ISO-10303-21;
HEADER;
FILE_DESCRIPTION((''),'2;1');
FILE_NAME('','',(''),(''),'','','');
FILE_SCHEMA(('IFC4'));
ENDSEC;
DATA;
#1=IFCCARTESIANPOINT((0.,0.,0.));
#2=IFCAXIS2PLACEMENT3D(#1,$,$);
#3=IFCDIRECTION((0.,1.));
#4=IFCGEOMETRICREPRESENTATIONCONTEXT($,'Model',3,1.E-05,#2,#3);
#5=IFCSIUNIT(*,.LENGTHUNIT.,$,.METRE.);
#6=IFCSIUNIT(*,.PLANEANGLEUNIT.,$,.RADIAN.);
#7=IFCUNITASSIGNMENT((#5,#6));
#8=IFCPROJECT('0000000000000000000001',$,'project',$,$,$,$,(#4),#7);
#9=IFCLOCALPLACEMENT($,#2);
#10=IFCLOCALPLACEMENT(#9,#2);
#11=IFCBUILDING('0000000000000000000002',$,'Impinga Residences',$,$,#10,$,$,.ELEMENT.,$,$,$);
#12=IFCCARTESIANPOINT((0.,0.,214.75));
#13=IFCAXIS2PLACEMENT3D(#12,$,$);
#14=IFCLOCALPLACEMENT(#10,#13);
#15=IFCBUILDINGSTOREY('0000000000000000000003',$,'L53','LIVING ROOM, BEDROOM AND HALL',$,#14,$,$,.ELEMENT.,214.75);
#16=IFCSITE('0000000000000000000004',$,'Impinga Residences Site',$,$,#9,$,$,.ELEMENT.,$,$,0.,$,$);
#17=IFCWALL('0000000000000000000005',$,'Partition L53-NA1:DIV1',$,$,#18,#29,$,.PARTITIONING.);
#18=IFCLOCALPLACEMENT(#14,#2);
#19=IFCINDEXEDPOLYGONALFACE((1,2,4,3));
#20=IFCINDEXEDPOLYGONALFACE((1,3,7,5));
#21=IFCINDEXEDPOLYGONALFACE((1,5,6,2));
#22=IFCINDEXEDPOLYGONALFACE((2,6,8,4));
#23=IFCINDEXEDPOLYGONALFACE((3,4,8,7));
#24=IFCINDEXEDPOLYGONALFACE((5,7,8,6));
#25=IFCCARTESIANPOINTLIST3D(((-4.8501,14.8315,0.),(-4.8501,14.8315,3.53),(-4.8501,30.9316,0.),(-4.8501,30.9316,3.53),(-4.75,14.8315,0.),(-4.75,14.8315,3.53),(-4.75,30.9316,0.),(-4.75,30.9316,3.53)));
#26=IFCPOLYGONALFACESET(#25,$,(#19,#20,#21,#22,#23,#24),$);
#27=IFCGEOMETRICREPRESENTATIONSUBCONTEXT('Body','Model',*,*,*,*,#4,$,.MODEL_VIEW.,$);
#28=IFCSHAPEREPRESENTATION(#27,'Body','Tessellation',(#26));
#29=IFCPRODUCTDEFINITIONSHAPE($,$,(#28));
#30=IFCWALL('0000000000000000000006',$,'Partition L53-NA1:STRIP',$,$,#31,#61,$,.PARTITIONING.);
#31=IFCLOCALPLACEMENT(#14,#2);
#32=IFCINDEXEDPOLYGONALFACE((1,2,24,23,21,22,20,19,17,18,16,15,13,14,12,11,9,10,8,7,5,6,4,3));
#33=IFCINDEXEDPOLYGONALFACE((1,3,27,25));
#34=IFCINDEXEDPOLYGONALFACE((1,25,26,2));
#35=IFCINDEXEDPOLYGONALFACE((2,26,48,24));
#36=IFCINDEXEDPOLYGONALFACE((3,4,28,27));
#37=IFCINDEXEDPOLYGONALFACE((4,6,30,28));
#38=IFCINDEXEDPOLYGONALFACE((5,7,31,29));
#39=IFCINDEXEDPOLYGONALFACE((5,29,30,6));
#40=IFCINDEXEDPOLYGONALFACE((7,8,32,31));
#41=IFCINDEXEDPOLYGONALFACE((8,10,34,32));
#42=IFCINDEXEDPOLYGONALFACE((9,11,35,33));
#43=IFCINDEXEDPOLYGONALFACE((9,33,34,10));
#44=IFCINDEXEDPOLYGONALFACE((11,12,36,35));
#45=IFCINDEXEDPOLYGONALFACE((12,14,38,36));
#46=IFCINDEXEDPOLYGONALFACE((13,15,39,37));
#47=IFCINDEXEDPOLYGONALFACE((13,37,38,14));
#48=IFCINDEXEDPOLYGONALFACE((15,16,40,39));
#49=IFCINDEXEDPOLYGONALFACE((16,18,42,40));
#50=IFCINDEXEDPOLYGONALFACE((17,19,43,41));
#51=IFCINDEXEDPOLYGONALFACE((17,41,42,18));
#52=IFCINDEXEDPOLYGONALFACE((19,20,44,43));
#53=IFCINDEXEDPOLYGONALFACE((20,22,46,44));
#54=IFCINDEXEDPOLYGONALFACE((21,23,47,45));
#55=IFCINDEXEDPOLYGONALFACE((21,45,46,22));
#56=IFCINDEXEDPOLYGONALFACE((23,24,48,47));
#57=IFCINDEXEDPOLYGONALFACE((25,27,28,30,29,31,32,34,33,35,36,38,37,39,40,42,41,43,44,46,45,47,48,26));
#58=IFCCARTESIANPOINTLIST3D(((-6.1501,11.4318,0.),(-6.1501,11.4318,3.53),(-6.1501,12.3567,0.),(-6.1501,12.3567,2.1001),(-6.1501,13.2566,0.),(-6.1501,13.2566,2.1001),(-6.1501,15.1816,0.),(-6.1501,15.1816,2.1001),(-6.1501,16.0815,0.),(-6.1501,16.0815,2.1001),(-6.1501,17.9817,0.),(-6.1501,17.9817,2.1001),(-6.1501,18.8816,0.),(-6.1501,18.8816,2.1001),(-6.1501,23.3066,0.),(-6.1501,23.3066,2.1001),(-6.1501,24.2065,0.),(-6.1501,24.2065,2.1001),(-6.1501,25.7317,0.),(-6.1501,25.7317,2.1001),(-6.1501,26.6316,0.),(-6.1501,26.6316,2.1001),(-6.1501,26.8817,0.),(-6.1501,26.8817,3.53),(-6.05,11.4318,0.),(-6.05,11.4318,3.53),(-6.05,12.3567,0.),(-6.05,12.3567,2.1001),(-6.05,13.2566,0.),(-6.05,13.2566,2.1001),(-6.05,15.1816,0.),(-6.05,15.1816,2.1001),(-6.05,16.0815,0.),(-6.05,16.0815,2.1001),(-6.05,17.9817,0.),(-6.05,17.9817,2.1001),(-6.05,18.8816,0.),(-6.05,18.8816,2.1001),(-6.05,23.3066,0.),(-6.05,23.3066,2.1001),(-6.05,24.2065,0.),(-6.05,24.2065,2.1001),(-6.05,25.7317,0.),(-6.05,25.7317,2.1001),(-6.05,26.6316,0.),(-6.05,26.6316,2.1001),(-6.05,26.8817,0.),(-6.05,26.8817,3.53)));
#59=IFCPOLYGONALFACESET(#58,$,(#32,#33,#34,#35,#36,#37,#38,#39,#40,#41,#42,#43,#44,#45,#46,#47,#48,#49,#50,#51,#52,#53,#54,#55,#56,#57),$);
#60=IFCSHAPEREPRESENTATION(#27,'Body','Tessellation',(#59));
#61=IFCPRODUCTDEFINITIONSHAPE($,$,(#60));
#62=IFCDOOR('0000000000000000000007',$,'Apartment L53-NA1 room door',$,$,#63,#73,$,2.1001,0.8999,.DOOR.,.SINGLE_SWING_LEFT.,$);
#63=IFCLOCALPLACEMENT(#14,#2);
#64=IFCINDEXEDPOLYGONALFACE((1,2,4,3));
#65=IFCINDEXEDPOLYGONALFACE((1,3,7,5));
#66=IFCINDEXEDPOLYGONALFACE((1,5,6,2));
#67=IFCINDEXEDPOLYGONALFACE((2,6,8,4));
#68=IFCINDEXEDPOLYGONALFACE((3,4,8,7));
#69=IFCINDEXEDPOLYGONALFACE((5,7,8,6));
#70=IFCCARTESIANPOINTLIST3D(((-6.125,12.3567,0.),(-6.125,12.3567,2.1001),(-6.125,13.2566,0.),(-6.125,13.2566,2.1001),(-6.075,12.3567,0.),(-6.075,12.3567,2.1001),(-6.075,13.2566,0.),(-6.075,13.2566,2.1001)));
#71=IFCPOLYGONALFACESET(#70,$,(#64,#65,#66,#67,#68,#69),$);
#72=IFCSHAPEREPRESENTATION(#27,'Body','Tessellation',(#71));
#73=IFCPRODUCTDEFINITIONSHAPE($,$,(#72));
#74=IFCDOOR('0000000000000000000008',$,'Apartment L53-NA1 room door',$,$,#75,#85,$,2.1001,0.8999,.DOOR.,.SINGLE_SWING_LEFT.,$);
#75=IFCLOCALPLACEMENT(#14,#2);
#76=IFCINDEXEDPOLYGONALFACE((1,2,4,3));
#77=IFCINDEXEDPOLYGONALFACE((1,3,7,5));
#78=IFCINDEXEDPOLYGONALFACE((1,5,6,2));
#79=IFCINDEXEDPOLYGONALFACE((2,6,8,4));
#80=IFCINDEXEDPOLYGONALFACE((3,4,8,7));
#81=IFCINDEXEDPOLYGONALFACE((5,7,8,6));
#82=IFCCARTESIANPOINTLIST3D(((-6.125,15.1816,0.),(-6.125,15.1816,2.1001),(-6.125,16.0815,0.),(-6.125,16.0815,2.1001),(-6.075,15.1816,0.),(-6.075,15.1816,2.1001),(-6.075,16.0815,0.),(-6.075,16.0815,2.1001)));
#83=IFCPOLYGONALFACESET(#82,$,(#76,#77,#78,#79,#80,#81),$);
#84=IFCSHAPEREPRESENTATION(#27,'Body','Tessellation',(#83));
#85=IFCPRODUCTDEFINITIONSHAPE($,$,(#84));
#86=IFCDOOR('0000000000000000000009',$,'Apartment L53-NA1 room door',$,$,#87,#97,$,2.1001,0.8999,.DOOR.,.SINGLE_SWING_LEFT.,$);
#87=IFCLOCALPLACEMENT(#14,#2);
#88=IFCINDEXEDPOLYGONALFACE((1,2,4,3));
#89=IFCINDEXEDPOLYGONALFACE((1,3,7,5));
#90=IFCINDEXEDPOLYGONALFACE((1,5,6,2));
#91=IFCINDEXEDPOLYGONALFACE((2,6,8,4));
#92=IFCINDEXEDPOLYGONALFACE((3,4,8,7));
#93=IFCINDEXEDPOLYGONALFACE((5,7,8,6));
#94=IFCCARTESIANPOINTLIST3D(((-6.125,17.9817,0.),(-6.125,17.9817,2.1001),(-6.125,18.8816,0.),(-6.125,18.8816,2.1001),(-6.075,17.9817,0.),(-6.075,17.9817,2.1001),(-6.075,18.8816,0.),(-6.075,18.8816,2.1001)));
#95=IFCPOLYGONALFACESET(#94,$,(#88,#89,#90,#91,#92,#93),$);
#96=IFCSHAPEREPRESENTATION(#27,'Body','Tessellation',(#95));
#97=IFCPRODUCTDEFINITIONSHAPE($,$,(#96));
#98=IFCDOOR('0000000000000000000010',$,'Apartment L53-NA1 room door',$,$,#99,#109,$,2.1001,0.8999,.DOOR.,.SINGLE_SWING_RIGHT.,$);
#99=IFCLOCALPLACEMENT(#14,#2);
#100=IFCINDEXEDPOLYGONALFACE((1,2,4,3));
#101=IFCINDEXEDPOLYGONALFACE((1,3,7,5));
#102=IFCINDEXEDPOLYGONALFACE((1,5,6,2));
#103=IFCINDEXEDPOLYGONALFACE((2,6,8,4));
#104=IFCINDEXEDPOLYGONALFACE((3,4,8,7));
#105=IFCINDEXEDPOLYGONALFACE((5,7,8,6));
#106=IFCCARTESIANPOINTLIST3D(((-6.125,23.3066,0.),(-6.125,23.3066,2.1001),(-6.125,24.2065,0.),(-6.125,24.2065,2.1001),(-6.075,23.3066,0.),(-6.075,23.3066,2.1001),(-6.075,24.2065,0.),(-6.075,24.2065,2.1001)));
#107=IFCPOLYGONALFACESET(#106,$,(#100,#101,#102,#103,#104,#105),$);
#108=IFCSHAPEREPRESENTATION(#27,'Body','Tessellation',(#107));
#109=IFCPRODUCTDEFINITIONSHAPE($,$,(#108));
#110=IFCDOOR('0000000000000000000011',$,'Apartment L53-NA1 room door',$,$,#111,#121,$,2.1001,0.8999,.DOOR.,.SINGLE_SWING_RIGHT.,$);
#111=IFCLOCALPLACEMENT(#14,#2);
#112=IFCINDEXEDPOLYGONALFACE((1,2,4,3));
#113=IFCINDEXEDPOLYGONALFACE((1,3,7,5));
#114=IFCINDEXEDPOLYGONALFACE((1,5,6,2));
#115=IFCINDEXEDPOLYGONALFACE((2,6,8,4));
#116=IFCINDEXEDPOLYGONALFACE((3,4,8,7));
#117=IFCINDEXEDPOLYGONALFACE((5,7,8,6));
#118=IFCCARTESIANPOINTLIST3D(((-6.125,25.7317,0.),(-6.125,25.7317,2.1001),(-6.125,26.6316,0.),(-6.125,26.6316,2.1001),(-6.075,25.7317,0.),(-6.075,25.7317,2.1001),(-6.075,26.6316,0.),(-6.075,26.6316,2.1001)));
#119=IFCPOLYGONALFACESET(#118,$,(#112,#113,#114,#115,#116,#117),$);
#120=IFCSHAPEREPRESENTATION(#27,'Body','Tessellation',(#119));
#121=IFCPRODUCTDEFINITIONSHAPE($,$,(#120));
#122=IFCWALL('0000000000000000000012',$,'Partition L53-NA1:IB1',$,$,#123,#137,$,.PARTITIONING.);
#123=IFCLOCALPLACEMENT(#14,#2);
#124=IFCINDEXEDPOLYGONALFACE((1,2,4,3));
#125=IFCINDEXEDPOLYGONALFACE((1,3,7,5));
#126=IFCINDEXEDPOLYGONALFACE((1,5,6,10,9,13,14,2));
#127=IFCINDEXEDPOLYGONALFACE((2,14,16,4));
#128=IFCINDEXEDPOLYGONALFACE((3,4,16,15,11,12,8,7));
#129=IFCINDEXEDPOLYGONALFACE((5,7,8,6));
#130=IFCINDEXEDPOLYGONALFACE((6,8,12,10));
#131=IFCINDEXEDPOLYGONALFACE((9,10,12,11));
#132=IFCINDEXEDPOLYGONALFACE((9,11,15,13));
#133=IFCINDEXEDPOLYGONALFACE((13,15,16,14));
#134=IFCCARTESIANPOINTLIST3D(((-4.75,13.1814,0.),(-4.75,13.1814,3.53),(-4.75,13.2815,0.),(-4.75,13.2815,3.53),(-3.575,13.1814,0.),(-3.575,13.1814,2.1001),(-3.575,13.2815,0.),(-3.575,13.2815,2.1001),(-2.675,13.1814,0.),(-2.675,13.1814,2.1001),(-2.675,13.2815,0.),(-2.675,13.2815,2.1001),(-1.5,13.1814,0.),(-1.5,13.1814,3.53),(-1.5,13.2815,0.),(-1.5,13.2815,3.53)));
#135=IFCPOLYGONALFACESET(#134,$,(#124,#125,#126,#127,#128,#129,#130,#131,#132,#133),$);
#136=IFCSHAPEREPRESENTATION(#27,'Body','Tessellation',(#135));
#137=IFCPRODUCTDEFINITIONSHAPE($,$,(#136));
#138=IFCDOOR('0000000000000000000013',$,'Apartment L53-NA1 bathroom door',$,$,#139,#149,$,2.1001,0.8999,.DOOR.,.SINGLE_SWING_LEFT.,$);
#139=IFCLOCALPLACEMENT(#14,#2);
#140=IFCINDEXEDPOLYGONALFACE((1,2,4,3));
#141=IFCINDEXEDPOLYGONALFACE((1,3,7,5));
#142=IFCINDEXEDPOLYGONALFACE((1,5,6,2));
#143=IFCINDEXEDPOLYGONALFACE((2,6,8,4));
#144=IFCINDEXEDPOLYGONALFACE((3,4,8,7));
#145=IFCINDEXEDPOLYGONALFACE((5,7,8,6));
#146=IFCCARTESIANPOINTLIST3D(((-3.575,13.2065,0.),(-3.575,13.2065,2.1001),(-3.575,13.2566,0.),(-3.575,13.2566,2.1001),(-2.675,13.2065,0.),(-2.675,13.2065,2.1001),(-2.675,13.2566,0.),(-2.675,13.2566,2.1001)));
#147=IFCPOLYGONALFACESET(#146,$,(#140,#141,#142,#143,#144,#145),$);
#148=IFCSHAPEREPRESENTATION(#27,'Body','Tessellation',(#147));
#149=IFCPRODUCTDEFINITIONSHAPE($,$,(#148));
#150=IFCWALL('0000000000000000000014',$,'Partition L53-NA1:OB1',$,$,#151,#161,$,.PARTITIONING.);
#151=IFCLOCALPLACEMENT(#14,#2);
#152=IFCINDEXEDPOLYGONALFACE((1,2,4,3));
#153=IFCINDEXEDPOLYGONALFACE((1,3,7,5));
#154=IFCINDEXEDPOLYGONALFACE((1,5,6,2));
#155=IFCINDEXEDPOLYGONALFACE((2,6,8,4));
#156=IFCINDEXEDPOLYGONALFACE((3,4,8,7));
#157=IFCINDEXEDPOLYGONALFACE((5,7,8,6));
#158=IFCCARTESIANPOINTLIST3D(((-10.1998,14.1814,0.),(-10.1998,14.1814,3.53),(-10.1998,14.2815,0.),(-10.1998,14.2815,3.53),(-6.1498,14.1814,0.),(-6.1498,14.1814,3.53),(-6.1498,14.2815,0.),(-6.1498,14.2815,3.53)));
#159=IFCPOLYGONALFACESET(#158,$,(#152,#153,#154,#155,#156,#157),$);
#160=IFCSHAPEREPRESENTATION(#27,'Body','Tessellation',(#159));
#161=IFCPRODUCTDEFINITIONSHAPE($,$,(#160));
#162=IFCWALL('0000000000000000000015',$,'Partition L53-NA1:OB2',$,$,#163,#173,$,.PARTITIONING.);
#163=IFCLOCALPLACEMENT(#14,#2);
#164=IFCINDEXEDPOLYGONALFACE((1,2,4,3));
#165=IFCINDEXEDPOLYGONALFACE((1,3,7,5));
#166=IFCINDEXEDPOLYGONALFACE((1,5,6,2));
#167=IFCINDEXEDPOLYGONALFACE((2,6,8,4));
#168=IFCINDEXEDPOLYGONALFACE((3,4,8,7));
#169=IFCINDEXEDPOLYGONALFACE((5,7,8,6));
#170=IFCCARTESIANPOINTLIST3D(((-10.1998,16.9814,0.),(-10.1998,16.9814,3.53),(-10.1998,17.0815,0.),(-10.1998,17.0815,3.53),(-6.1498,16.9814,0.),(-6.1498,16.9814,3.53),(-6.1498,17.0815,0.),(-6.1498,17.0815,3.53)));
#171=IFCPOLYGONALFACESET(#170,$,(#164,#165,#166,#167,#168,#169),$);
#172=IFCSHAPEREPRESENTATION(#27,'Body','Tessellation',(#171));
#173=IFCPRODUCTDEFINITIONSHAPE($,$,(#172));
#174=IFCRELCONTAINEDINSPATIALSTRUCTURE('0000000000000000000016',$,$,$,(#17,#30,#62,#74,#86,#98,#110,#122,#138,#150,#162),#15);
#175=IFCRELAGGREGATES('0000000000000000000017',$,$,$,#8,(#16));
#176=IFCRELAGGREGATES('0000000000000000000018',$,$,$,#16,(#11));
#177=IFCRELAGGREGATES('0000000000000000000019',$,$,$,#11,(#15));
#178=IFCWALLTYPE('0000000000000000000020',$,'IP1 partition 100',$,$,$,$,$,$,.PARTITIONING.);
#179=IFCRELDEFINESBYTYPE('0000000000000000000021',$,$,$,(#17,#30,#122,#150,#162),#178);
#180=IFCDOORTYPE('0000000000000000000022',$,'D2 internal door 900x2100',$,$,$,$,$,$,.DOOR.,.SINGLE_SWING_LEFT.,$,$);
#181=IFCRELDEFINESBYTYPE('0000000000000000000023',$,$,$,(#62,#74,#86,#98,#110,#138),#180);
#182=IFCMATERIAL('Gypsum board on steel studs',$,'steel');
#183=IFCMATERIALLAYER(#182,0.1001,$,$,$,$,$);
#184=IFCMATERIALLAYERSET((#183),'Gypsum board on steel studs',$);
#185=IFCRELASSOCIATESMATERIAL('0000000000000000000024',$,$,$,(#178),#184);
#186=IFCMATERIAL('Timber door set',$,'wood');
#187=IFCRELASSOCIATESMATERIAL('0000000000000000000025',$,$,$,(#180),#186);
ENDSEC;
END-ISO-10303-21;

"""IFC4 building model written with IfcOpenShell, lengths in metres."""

from ifc_helpers import new_model, si_unit, direction, frame, frame_2d, origin, place, context, subcontext, project, spatial, rectangle, extrude, material, layer, layer_set, type_object, element, fill, save


model = new_model("IFC4")

# Units and contexts
model_context = context("Model", 3, precision=1e-05, world=origin(), true_north=direction((0.0, 1.0)))
body_context = subcontext(model_context, "Body", "Model", "MODEL_VIEW")
ifc_project = project(units=[si_unit("LENGTHUNIT", "METRE"), si_unit("PLANEANGLEUNIT", "RADIAN")], contexts=[model_context])

# Site, building, storey
site_placement = place(None, origin())
site = spatial("IfcSite", under=ifc_project, at=site_placement, Name="Impinga Residences Site", CompositionType="ELEMENT", RefElevation=0.0)
building_placement = place(site_placement, origin())
building = spatial("IfcBuilding", under=site, at=building_placement, Name="Impinga Residences", CompositionType="ELEMENT")
storey_placement = place(building_placement, frame((0.0, 0.0, 214.75)))
storey = spatial("IfcBuildingStorey", under=building, at=storey_placement, Name="L53", Description="LIVING ROOM, BEDROOM AND HALL", CompositionType="ELEMENT", Elevation=214.75)

# Wall
ifc_material_1 = material(Name="Gypsum board on steel studs", Category="steel")
ifc_layer_1 = layer(ifc_material_1, 0.1001)
ifc_layer_set_1 = layer_set([ifc_layer_1], Name="Gypsum board on steel studs")
wall_type_1 = type_object("IfcWallType", Name="IP1 partition 100", PredefinedType="PARTITIONING", material=ifc_layer_set_1)
wall_1_placement = place(storey_placement, frame((-4.8, 14.8315, 0.0), z_axis=(0.0, 0.0, 1.0), x_axis=(0.0, 1.0, 0.0)))
element("IfcWall", 1, at=wall_1_placement, inside=storey, type_object=wall_type_1, Name="Partition L53-NA1:DIV1", PredefinedType="PARTITIONING", context=body_context, shape_type="SweptSolid", body=[
    extrude(rectangle(XDim=16.1001, YDim=0.1001, at=frame_2d((8.05, 0.0))), origin(), (0.0, 0.0, 1.0), 3.53),
])

# Wall, openings, doors
wall_2_placement = place(storey_placement, frame((-6.1001, 11.4316, 0.0), z_axis=(0.0, 0.0, 1.0), x_axis=(0.0, 1.0, 0.0)))
wall_2 = element("IfcWall", 2, at=wall_2_placement, inside=storey, type_object=wall_type_1, Name="Partition L53-NA1:STRIP", PredefinedType="PARTITIONING", context=body_context, shape_type="SweptSolid", body=[
    extrude(rectangle(XDim=15.45, YDim=0.1001, at=frame_2d((7.7251, 0.0))), origin(), (0.0, 0.0, 1.0), 3.53),
])
opening_1_placement = place(wall_2_placement, frame((0.925, 0.0, 0.0)))
opening_1 = element("IfcOpeningElement", 3, at=opening_1_placement, cuts=wall_2, PredefinedType="OPENING", context=body_context, shape_type="SweptSolid", body=[
    extrude(rectangle(XDim=0.8999, YDim=2.1001, at=frame_2d((0.45, 1.05))), frame((0.0, 0.0601, 0.0), z_axis=(0.0, -1.0, 0.0), x_axis=(1.0, 0.0, 0.0)), (0.0, 0.0, 1.0), 0.1201),
])
opening_2_placement = place(wall_2_placement, frame((3.75, 0.0, 0.0)))
opening_2 = element("IfcOpeningElement", 4, at=opening_2_placement, cuts=wall_2, PredefinedType="OPENING", context=body_context, shape_type="SweptSolid", body=[
    extrude(rectangle(XDim=0.8999, YDim=2.1001, at=frame_2d((0.45, 1.05))), frame((0.0, 0.0601, 0.0), z_axis=(0.0, -1.0, 0.0), x_axis=(1.0, 0.0, 0.0)), (0.0, 0.0, 1.0), 0.1201),
])
opening_3_placement = place(wall_2_placement, frame((6.55, 0.0, 0.0)))
opening_3 = element("IfcOpeningElement", 5, at=opening_3_placement, cuts=wall_2, PredefinedType="OPENING", context=body_context, shape_type="SweptSolid", body=[
    extrude(rectangle(XDim=0.8999, YDim=2.1001, at=frame_2d((0.45, 1.05))), frame((0.0, 0.0601, 0.0), z_axis=(0.0, -1.0, 0.0), x_axis=(1.0, 0.0, 0.0)), (0.0, 0.0, 1.0), 0.1201),
])
opening_4_placement = place(wall_2_placement, frame((11.875, 0.0, 0.0)))
opening_4 = element("IfcOpeningElement", 6, at=opening_4_placement, cuts=wall_2, PredefinedType="OPENING", context=body_context, shape_type="SweptSolid", body=[
    extrude(rectangle(XDim=0.8999, YDim=2.1001, at=frame_2d((0.45, 1.05))), frame((0.0, 0.0601, 0.0), z_axis=(0.0, -1.0, 0.0), x_axis=(1.0, 0.0, 0.0)), (0.0, 0.0, 1.0), 0.1201),
])
opening_5_placement = place(wall_2_placement, frame((14.3, 0.0, 0.0)))
opening_5 = element("IfcOpeningElement", 7, at=opening_5_placement, cuts=wall_2, PredefinedType="OPENING", context=body_context, shape_type="SweptSolid", body=[
    extrude(rectangle(XDim=0.8999, YDim=2.1001, at=frame_2d((0.45, 1.05))), frame((0.0, 0.0601, 0.0), z_axis=(0.0, -1.0, 0.0), x_axis=(1.0, 0.0, 0.0)), (0.0, 0.0, 1.0), 0.1201),
])
ifc_material_2 = material(Name="Timber door set", Category="wood")
door_type = type_object("IfcDoorType", Name="D2 internal door 900x2100", OperationType="SINGLE_SWING_LEFT", PredefinedType="DOOR", material=ifc_material_2)
door_1_placement = place(opening_1_placement, origin())
door_1 = element("IfcDoor", 8, at=door_1_placement, inside=storey, type_object=door_type, Name="Apartment L53-NA1 room door", OperationType="SINGLE_SWING_LEFT", OverallHeight=2.1001, OverallWidth=0.8999, PredefinedType="DOOR", context=body_context, shape_type="SweptSolid", body=[
    extrude(rectangle(XDim=0.8999, YDim=2.1001, at=frame_2d((0.45, 1.05))), frame((0.0, 0.0249, 0.0), z_axis=(0.0, -1.0, 0.0), x_axis=(1.0, 0.0, 0.0)), (0.0, 0.0, 1.0), 0.05),
])
fill(opening_1, door_1)
door_2_placement = place(opening_2_placement, origin())
door_2 = element("IfcDoor", 9, at=door_2_placement, inside=storey, type_object=door_type, Name="Apartment L53-NA1 room door", OperationType="SINGLE_SWING_LEFT", OverallHeight=2.1001, OverallWidth=0.8999, PredefinedType="DOOR", context=body_context, shape_type="SweptSolid", body=[
    extrude(rectangle(XDim=0.8999, YDim=2.1001, at=frame_2d((0.45, 1.05))), frame((0.0, 0.0249, 0.0), z_axis=(0.0, -1.0, 0.0), x_axis=(1.0, 0.0, 0.0)), (0.0, 0.0, 1.0), 0.05),
])
fill(opening_2, door_2)
door_3_placement = place(opening_3_placement, origin())
door_3 = element("IfcDoor", 10, at=door_3_placement, inside=storey, type_object=door_type, Name="Apartment L53-NA1 room door", OperationType="SINGLE_SWING_LEFT", OverallHeight=2.1001, OverallWidth=0.8999, PredefinedType="DOOR", context=body_context, shape_type="SweptSolid", body=[
    extrude(rectangle(XDim=0.8999, YDim=2.1001, at=frame_2d((0.45, 1.05))), frame((0.0, 0.0249, 0.0), z_axis=(0.0, -1.0, 0.0), x_axis=(1.0, 0.0, 0.0)), (0.0, 0.0, 1.0), 0.05),
])
fill(opening_3, door_3)
door_4_placement = place(opening_4_placement, origin())
door_4 = element("IfcDoor", 11, at=door_4_placement, inside=storey, type_object=door_type, Name="Apartment L53-NA1 room door", OperationType="SINGLE_SWING_RIGHT", OverallHeight=2.1001, OverallWidth=0.8999, PredefinedType="DOOR", context=body_context, shape_type="SweptSolid", body=[
    extrude(rectangle(XDim=0.8999, YDim=2.1001, at=frame_2d((0.45, 1.05))), frame((0.0, 0.0249, 0.0), z_axis=(0.0, -1.0, 0.0), x_axis=(1.0, 0.0, 0.0)), (0.0, 0.0, 1.0), 0.05),
])
fill(opening_4, door_4)
door_5_placement = place(opening_5_placement, origin())
door_5 = element("IfcDoor", 12, at=door_5_placement, inside=storey, type_object=door_type, Name="Apartment L53-NA1 room door", OperationType="SINGLE_SWING_RIGHT", OverallHeight=2.1001, OverallWidth=0.8999, PredefinedType="DOOR", context=body_context, shape_type="SweptSolid", body=[
    extrude(rectangle(XDim=0.8999, YDim=2.1001, at=frame_2d((0.45, 1.05))), frame((0.0, 0.0249, 0.0), z_axis=(0.0, -1.0, 0.0), x_axis=(1.0, 0.0, 0.0)), (0.0, 0.0, 1.0), 0.05),
])
fill(opening_5, door_5)

# Wall, opening, door
wall_3_placement = place(storey_placement, frame((-1.5, 13.2314, 0.0), z_axis=(0.0, 0.0, 1.0), x_axis=(-1.0, 0.0, 0.0)))
wall_3 = element("IfcWall", 13, at=wall_3_placement, inside=storey, type_object=wall_type_1, Name="Partition L53-NA1:IB1", PredefinedType="PARTITIONING", context=body_context, shape_type="SweptSolid", body=[
    extrude(rectangle(XDim=3.25, YDim=0.1001, at=frame_2d((1.625, 0.0))), origin(), (0.0, 0.0, 1.0), 3.53),
])
opening_6_placement = place(wall_3_placement, frame((1.175, 0.0, 0.0)))
opening_6 = element("IfcOpeningElement", 14, at=opening_6_placement, cuts=wall_3, PredefinedType="OPENING", context=body_context, shape_type="SweptSolid", body=[
    extrude(rectangle(XDim=0.8999, YDim=2.1001, at=frame_2d((0.45, 1.05))), frame((0.0, 0.0601, 0.0), z_axis=(0.0, -1.0, 0.0), x_axis=(1.0, 0.0, 0.0)), (0.0, 0.0, 1.0), 0.1201),
])
door_6_placement = place(opening_6_placement, origin())
door_6 = element("IfcDoor", 15, at=door_6_placement, inside=storey, type_object=door_type, Name="Apartment L53-NA1 bathroom door", OperationType="SINGLE_SWING_LEFT", OverallHeight=2.1001, OverallWidth=0.8999, PredefinedType="DOOR", context=body_context, shape_type="SweptSolid", body=[
    extrude(rectangle(XDim=0.8999, YDim=2.1001, at=frame_2d((0.45, 1.05))), frame((0.0, 0.0249, 0.0), z_axis=(0.0, -1.0, 0.0), x_axis=(1.0, 0.0, 0.0)), (0.0, 0.0, 1.0), 0.05),
])
fill(opening_6, door_6)

# Walls
for number, where, z_axis, x_axis, name in (
    (16, (-6.1499, 14.2314, 0.0), (0.0, 0.0, 1.0), (-1.0, 0.0, 0.0), "Partition L53-NA1:OB1"),
    (17, (-6.1499, 17.0315, 0.0), (0.0, 0.0, 1.0), (-1.0, 0.0, 0.0), "Partition L53-NA1:OB2"),
):
    element("IfcWall", number, at=place(storey_placement, frame(where, z_axis=z_axis, x_axis=x_axis)), inside=storey, type_object=wall_type_1, Name=name, PredefinedType="PARTITIONING", context=body_context, shape_type="SweptSolid", body=[
        extrude(rectangle(XDim=4.05, YDim=0.1001, at=frame_2d((2.0249, 0.0))), origin(), (0.0, 0.0, 1.0), 3.53),
    ])

save(model, "model.ifc")
